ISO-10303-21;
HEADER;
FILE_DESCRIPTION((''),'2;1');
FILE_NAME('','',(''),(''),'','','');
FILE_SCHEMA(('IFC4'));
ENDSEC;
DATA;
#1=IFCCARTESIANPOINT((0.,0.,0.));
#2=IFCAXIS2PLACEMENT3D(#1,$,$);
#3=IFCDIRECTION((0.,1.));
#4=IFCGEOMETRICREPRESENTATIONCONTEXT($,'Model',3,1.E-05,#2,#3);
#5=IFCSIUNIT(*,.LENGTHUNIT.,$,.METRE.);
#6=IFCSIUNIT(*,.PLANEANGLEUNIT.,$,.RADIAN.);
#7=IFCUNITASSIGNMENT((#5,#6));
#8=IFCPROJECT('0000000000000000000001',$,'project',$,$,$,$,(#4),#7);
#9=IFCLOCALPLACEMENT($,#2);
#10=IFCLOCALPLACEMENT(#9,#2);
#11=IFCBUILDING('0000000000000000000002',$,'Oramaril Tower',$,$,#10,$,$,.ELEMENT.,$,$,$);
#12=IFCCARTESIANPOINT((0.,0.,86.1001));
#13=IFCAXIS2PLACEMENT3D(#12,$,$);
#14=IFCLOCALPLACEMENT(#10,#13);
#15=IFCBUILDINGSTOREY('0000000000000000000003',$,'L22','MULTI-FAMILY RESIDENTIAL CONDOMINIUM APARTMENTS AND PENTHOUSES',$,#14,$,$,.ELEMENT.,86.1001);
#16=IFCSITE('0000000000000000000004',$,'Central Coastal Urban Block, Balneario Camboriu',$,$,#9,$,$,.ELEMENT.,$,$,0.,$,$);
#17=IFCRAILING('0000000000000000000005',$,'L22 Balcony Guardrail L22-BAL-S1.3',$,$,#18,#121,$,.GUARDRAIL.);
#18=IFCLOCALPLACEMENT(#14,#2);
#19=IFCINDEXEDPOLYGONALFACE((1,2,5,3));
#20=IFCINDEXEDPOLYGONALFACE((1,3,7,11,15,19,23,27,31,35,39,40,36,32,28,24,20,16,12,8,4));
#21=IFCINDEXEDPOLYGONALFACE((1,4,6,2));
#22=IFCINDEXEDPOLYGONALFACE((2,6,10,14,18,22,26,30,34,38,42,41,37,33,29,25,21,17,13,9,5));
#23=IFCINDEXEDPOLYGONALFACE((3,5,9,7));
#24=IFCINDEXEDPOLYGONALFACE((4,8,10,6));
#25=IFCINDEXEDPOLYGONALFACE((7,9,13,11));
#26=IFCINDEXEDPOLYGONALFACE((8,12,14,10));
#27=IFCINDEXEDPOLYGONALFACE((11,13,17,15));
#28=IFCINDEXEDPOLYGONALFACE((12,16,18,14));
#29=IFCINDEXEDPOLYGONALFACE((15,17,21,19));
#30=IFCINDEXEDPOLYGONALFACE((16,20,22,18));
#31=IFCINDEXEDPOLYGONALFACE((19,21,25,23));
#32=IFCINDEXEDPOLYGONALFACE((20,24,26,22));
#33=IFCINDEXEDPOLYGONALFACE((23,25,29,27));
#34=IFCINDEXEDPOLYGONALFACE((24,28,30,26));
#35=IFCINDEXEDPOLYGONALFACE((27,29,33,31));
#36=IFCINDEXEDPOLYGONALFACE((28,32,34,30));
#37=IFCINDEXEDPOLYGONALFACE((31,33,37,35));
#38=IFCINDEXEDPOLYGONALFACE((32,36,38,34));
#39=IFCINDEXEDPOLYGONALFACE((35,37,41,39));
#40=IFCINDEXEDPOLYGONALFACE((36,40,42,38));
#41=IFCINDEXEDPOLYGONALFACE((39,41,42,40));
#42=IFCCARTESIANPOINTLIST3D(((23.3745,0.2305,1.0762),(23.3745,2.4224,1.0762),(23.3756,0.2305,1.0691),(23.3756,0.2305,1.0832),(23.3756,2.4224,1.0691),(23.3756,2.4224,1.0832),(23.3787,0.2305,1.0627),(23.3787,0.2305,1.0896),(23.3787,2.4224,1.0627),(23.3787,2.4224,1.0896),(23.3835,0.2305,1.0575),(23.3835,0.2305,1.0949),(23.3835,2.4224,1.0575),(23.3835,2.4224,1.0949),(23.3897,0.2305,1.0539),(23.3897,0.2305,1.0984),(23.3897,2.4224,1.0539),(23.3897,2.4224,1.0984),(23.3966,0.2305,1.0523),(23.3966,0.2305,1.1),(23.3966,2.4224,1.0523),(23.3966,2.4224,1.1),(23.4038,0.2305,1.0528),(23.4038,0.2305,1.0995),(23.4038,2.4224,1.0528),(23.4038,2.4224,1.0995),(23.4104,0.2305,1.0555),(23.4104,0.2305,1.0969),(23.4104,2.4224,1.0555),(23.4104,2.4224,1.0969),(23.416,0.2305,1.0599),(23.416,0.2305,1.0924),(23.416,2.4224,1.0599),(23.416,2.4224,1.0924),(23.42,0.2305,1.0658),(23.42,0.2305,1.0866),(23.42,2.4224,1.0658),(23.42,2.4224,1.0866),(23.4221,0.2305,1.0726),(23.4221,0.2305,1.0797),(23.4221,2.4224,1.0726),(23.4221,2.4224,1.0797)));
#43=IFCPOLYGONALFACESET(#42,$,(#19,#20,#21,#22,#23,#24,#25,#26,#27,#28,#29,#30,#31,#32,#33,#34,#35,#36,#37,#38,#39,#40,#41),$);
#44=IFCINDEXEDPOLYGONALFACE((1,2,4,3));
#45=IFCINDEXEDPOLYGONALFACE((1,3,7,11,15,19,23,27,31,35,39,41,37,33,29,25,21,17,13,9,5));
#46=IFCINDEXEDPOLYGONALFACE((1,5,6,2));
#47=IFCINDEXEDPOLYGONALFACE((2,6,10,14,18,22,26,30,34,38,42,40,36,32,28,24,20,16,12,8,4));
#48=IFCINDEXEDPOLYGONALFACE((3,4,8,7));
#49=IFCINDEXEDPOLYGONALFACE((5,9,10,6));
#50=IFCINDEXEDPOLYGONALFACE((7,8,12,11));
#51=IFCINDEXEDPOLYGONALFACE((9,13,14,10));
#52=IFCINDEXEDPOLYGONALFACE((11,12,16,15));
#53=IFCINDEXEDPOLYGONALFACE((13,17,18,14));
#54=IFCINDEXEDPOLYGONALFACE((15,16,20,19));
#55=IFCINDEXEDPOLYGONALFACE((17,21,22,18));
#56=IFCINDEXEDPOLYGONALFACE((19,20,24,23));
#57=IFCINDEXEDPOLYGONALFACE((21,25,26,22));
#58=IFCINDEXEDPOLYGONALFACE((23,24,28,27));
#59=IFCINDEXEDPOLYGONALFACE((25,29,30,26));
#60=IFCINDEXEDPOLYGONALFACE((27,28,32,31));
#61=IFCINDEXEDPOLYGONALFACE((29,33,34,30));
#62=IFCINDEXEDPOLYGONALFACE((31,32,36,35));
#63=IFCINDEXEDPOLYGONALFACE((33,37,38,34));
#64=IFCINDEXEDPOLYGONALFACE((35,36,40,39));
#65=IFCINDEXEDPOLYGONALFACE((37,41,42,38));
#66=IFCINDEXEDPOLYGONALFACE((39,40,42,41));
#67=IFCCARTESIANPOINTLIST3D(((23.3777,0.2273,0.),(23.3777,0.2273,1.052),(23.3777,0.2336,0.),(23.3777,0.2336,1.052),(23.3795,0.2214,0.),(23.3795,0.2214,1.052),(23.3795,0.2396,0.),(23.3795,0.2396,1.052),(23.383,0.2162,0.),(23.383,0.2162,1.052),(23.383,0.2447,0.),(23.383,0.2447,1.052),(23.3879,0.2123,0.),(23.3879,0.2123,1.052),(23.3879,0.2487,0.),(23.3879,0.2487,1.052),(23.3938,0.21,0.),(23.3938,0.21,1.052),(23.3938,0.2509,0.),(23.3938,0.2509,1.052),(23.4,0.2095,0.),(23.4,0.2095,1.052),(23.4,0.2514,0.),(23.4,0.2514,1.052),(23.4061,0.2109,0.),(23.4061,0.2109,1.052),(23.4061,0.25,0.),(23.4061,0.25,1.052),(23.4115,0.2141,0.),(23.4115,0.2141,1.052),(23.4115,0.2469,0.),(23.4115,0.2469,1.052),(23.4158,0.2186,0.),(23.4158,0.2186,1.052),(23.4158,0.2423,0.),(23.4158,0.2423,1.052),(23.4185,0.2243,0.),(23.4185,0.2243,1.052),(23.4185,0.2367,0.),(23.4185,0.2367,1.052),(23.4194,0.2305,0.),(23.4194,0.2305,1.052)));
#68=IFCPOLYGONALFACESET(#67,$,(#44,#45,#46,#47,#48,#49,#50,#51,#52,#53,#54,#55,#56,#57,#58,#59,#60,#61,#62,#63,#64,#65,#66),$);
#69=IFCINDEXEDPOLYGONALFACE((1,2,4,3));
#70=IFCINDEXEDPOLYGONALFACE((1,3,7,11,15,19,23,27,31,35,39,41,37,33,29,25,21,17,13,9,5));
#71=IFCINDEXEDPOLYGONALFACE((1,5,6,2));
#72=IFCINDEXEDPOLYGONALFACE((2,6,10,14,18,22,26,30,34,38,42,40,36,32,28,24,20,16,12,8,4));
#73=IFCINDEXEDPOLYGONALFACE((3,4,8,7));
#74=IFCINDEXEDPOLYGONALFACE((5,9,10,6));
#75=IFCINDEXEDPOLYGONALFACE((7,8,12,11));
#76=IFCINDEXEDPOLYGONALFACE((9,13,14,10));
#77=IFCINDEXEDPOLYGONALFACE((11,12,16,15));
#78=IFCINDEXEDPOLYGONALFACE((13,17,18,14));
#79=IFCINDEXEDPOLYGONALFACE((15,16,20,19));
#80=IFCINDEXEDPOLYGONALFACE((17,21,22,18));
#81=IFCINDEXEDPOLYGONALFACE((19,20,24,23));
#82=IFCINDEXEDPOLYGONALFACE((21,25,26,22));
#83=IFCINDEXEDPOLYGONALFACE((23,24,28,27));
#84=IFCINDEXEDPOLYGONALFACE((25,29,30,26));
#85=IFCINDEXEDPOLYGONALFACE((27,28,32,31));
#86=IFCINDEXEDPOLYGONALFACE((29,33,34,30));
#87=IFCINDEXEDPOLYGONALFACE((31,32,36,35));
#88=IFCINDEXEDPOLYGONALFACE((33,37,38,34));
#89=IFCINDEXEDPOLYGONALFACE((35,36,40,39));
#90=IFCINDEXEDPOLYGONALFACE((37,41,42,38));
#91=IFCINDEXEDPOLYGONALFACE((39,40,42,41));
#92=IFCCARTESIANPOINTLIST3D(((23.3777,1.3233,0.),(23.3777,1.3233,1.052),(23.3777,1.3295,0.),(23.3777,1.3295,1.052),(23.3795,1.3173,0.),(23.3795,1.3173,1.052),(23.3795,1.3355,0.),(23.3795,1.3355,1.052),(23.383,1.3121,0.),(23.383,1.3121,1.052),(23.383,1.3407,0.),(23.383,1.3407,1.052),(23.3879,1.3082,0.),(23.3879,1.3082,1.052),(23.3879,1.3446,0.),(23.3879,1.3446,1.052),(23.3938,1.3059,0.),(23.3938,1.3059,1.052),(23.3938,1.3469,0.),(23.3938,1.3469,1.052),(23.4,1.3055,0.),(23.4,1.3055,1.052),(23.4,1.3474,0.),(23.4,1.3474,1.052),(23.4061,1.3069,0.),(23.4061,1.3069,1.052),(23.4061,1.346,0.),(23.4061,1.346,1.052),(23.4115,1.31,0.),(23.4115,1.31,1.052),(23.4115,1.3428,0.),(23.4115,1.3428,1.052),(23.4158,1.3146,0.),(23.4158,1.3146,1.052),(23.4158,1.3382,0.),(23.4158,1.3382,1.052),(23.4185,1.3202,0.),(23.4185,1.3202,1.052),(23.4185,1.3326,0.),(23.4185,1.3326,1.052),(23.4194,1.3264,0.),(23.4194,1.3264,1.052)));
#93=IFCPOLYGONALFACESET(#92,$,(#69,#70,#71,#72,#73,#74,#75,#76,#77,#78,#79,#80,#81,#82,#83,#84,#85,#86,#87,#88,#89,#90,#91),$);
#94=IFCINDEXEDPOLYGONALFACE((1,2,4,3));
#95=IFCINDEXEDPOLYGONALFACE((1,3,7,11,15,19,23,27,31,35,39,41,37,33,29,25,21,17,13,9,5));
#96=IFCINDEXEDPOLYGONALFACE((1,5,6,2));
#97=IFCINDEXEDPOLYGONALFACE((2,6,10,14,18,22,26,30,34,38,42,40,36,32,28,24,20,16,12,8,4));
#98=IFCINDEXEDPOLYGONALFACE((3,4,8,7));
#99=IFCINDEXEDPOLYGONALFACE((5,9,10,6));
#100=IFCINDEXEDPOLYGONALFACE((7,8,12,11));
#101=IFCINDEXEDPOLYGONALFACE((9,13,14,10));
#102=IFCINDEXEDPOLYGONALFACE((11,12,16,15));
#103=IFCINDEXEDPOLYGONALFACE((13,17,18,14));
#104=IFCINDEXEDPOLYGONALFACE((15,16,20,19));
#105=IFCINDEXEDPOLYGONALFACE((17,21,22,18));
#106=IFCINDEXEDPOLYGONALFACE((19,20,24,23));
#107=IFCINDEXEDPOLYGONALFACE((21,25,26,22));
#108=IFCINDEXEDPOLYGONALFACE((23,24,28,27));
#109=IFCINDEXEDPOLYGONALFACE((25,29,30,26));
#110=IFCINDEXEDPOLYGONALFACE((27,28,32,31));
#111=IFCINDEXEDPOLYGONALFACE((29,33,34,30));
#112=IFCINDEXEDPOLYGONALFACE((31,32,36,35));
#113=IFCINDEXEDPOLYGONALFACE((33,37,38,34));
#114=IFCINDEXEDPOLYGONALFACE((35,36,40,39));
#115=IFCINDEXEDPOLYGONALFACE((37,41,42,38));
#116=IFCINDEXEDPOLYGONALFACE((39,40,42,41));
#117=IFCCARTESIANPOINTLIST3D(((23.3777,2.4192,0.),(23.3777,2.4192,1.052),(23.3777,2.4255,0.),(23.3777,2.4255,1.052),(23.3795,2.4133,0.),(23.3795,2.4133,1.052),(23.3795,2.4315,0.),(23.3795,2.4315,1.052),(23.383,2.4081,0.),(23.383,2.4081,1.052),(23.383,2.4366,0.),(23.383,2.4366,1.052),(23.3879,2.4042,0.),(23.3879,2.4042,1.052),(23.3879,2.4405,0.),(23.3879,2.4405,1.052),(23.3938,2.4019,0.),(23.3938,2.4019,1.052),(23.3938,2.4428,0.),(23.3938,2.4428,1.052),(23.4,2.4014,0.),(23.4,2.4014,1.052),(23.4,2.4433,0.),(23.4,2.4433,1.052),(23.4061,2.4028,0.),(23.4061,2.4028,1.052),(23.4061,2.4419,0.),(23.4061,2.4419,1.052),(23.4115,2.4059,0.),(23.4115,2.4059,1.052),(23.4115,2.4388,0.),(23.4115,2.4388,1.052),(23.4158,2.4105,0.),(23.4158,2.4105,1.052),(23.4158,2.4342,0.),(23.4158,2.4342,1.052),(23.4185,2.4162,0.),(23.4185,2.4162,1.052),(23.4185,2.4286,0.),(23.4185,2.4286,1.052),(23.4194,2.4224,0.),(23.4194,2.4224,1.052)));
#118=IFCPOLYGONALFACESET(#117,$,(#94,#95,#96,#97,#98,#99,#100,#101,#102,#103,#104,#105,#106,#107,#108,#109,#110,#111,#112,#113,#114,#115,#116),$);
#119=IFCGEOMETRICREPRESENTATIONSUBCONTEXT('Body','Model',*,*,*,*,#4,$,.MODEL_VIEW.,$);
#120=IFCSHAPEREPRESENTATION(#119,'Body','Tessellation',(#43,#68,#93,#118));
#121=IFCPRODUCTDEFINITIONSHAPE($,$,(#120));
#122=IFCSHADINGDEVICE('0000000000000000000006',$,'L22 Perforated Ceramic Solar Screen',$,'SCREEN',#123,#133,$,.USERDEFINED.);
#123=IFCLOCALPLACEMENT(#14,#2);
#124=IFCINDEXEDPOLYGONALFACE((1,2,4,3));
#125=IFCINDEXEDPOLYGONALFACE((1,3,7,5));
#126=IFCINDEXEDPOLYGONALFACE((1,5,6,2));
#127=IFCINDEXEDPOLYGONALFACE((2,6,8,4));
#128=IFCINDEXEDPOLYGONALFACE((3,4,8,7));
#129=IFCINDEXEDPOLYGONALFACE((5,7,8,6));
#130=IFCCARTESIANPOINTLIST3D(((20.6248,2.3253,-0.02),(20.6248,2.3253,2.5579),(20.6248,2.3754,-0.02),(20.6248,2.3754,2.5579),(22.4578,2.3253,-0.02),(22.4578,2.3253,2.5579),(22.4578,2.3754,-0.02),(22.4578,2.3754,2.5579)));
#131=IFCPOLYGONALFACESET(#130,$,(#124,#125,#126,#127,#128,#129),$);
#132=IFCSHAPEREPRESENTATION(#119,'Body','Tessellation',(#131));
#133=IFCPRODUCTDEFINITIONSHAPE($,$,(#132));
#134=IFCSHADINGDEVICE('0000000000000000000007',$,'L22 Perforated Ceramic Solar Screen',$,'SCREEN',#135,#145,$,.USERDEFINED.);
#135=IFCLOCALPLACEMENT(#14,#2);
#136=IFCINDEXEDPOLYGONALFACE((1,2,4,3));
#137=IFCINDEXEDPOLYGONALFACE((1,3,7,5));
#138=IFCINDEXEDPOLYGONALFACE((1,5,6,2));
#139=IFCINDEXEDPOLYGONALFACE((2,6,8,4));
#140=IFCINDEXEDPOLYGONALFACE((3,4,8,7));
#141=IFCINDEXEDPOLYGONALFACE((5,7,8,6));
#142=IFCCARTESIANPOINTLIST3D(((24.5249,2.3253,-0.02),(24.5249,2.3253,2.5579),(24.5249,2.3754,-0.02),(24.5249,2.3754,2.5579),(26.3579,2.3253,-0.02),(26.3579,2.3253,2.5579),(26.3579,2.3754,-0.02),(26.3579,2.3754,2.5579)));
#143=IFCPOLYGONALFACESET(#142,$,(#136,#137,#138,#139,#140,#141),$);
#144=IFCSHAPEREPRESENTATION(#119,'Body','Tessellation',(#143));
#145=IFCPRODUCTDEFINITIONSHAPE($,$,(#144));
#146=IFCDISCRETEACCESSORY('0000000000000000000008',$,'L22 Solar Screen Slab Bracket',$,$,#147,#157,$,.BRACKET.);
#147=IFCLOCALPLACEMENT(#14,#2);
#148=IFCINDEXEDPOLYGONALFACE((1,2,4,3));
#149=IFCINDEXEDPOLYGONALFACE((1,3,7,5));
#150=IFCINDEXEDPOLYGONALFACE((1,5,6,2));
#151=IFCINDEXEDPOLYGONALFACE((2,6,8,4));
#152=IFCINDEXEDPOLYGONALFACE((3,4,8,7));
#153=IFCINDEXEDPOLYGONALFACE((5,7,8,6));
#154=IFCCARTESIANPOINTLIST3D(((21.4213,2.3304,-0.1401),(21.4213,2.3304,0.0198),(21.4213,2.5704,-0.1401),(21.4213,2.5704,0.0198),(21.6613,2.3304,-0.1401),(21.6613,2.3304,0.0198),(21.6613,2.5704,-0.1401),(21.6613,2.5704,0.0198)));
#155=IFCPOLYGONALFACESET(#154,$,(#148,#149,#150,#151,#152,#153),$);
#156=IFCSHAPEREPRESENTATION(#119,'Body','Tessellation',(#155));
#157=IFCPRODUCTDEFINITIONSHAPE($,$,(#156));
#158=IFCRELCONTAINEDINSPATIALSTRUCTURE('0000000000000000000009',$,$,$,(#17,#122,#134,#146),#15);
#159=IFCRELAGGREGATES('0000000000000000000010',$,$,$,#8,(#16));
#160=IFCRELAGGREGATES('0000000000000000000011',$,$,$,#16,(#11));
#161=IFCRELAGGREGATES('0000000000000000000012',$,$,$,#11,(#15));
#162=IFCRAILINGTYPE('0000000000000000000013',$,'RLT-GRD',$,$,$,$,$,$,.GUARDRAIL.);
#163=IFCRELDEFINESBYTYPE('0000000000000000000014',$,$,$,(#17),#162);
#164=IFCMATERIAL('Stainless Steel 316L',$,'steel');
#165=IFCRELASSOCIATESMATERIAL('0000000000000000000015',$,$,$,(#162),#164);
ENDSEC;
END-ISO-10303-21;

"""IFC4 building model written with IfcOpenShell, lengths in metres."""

from ifc_helpers import new_model, si_unit, direction, frame, origin, origin_2d, place, context, subcontext, project, spatial, rectangle, circle, extrude, material, type_object, element, save


model = new_model("IFC4")

# Units and contexts
model_context = context("Model", 3, precision=1e-05, world=origin(), true_north=direction((0.0, 1.0)))
body_context = subcontext(model_context, "Body", "Model", "MODEL_VIEW")
ifc_project = project(units=[si_unit("LENGTHUNIT", "METRE"), si_unit("PLANEANGLEUNIT", "RADIAN")], contexts=[model_context])

# Site, building, storey
site_placement = place(None, origin())
site = spatial("IfcSite", under=ifc_project, at=site_placement, Name="Central Coastal Urban Block, Balneario Camboriu", CompositionType="ELEMENT", RefElevation=0.0)
building_placement = place(site_placement, origin())
building = spatial("IfcBuilding", under=site, at=building_placement, Name="Oramaril Tower", CompositionType="ELEMENT")
storey_placement = place(building_placement, frame((0.0, 0.0, 86.1001)))
storey = spatial("IfcBuildingStorey", under=building, at=storey_placement, Name="L22", Description="MULTI-FAMILY RESIDENTIAL CONDOMINIUM APARTMENTS AND PENTHOUSES", CompositionType="ELEMENT", Elevation=86.1001)

# Railing
ifc_material_1 = material(Name="Stainless Steel 316L", Category="steel")
railing_type = type_object("IfcRailingType", Name="RLT-GRD", PredefinedType="GUARDRAIL", material=ifc_material_1)
railing_placement = place(storey_placement, frame((23.3984, 0.2305, 0.0)))
element("IfcRailing", 1, at=railing_placement, inside=storey, type_object=railing_type, Name="L22 Balcony Guardrail L22-BAL-S1.3", PredefinedType="GUARDRAIL", context=body_context, shape_type="SweptSolid", body=[
    extrude(circle(Radius=0.0239, at=origin_2d()), frame((0.0, 0.0, 1.0762), z_axis=(0.0, 1.0, 0.0), x_axis=(-1.0, 0.0, 0.0)), (0.0, 0.0, 1.0), 2.1919),
    extrude(circle(Radius=0.021, at=origin_2d()), origin(), (0.0, 0.0, 1.0), 1.052),
    extrude(circle(Radius=0.021, at=origin_2d()), frame((0.0, 1.0959, 0.0)), (0.0, 0.0, 1.0), 1.052),
    extrude(circle(Radius=0.021, at=origin_2d()), frame((0.0, 2.1919, 0.0)), (0.0, 0.0, 1.0), 1.052),
])

# Shading devices
for number, where, z_axis, x_axis, name in (
    (2, (21.5413, 2.3503, -0.02), (0.0, 0.0, 1.0), (1.0, 0.0, 0.0), "L22 Perforated Ceramic Solar Screen"),
    (3, (25.4414, 2.3503, -0.02), (0.0, 0.0, 1.0), (1.0, 0.0, 0.0), "L22 Perforated Ceramic Solar Screen"),
):
    element("IfcShadingDevice", number, at=place(storey_placement, frame(where, z_axis=z_axis, x_axis=x_axis)), inside=storey, Name=name, ObjectType="SCREEN", PredefinedType="USERDEFINED", context=body_context, shape_type="SweptSolid", body=[
        extrude(rectangle(XDim=1.833, YDim=0.05, at=origin_2d()), origin(), (0.0, 0.0, 1.0), 2.5779),
    ])

# Discrete accessory
discrete_accessory_placement = place(storey_placement, frame((21.5413, 2.4504, -0.1401), z_axis=(0.0, 0.0, 1.0), x_axis=(1.0, 0.0, 0.0)))
element("IfcDiscreteAccessory", 4, at=discrete_accessory_placement, inside=storey, Name="L22 Solar Screen Slab Bracket", PredefinedType="BRACKET", context=body_context, shape_type="SweptSolid", body=[
    extrude(rectangle(XDim=0.24, YDim=0.24, at=origin_2d()), origin(), (0.0, 0.0, 1.0), 0.1599),
])

save(model, "model.ifc")
